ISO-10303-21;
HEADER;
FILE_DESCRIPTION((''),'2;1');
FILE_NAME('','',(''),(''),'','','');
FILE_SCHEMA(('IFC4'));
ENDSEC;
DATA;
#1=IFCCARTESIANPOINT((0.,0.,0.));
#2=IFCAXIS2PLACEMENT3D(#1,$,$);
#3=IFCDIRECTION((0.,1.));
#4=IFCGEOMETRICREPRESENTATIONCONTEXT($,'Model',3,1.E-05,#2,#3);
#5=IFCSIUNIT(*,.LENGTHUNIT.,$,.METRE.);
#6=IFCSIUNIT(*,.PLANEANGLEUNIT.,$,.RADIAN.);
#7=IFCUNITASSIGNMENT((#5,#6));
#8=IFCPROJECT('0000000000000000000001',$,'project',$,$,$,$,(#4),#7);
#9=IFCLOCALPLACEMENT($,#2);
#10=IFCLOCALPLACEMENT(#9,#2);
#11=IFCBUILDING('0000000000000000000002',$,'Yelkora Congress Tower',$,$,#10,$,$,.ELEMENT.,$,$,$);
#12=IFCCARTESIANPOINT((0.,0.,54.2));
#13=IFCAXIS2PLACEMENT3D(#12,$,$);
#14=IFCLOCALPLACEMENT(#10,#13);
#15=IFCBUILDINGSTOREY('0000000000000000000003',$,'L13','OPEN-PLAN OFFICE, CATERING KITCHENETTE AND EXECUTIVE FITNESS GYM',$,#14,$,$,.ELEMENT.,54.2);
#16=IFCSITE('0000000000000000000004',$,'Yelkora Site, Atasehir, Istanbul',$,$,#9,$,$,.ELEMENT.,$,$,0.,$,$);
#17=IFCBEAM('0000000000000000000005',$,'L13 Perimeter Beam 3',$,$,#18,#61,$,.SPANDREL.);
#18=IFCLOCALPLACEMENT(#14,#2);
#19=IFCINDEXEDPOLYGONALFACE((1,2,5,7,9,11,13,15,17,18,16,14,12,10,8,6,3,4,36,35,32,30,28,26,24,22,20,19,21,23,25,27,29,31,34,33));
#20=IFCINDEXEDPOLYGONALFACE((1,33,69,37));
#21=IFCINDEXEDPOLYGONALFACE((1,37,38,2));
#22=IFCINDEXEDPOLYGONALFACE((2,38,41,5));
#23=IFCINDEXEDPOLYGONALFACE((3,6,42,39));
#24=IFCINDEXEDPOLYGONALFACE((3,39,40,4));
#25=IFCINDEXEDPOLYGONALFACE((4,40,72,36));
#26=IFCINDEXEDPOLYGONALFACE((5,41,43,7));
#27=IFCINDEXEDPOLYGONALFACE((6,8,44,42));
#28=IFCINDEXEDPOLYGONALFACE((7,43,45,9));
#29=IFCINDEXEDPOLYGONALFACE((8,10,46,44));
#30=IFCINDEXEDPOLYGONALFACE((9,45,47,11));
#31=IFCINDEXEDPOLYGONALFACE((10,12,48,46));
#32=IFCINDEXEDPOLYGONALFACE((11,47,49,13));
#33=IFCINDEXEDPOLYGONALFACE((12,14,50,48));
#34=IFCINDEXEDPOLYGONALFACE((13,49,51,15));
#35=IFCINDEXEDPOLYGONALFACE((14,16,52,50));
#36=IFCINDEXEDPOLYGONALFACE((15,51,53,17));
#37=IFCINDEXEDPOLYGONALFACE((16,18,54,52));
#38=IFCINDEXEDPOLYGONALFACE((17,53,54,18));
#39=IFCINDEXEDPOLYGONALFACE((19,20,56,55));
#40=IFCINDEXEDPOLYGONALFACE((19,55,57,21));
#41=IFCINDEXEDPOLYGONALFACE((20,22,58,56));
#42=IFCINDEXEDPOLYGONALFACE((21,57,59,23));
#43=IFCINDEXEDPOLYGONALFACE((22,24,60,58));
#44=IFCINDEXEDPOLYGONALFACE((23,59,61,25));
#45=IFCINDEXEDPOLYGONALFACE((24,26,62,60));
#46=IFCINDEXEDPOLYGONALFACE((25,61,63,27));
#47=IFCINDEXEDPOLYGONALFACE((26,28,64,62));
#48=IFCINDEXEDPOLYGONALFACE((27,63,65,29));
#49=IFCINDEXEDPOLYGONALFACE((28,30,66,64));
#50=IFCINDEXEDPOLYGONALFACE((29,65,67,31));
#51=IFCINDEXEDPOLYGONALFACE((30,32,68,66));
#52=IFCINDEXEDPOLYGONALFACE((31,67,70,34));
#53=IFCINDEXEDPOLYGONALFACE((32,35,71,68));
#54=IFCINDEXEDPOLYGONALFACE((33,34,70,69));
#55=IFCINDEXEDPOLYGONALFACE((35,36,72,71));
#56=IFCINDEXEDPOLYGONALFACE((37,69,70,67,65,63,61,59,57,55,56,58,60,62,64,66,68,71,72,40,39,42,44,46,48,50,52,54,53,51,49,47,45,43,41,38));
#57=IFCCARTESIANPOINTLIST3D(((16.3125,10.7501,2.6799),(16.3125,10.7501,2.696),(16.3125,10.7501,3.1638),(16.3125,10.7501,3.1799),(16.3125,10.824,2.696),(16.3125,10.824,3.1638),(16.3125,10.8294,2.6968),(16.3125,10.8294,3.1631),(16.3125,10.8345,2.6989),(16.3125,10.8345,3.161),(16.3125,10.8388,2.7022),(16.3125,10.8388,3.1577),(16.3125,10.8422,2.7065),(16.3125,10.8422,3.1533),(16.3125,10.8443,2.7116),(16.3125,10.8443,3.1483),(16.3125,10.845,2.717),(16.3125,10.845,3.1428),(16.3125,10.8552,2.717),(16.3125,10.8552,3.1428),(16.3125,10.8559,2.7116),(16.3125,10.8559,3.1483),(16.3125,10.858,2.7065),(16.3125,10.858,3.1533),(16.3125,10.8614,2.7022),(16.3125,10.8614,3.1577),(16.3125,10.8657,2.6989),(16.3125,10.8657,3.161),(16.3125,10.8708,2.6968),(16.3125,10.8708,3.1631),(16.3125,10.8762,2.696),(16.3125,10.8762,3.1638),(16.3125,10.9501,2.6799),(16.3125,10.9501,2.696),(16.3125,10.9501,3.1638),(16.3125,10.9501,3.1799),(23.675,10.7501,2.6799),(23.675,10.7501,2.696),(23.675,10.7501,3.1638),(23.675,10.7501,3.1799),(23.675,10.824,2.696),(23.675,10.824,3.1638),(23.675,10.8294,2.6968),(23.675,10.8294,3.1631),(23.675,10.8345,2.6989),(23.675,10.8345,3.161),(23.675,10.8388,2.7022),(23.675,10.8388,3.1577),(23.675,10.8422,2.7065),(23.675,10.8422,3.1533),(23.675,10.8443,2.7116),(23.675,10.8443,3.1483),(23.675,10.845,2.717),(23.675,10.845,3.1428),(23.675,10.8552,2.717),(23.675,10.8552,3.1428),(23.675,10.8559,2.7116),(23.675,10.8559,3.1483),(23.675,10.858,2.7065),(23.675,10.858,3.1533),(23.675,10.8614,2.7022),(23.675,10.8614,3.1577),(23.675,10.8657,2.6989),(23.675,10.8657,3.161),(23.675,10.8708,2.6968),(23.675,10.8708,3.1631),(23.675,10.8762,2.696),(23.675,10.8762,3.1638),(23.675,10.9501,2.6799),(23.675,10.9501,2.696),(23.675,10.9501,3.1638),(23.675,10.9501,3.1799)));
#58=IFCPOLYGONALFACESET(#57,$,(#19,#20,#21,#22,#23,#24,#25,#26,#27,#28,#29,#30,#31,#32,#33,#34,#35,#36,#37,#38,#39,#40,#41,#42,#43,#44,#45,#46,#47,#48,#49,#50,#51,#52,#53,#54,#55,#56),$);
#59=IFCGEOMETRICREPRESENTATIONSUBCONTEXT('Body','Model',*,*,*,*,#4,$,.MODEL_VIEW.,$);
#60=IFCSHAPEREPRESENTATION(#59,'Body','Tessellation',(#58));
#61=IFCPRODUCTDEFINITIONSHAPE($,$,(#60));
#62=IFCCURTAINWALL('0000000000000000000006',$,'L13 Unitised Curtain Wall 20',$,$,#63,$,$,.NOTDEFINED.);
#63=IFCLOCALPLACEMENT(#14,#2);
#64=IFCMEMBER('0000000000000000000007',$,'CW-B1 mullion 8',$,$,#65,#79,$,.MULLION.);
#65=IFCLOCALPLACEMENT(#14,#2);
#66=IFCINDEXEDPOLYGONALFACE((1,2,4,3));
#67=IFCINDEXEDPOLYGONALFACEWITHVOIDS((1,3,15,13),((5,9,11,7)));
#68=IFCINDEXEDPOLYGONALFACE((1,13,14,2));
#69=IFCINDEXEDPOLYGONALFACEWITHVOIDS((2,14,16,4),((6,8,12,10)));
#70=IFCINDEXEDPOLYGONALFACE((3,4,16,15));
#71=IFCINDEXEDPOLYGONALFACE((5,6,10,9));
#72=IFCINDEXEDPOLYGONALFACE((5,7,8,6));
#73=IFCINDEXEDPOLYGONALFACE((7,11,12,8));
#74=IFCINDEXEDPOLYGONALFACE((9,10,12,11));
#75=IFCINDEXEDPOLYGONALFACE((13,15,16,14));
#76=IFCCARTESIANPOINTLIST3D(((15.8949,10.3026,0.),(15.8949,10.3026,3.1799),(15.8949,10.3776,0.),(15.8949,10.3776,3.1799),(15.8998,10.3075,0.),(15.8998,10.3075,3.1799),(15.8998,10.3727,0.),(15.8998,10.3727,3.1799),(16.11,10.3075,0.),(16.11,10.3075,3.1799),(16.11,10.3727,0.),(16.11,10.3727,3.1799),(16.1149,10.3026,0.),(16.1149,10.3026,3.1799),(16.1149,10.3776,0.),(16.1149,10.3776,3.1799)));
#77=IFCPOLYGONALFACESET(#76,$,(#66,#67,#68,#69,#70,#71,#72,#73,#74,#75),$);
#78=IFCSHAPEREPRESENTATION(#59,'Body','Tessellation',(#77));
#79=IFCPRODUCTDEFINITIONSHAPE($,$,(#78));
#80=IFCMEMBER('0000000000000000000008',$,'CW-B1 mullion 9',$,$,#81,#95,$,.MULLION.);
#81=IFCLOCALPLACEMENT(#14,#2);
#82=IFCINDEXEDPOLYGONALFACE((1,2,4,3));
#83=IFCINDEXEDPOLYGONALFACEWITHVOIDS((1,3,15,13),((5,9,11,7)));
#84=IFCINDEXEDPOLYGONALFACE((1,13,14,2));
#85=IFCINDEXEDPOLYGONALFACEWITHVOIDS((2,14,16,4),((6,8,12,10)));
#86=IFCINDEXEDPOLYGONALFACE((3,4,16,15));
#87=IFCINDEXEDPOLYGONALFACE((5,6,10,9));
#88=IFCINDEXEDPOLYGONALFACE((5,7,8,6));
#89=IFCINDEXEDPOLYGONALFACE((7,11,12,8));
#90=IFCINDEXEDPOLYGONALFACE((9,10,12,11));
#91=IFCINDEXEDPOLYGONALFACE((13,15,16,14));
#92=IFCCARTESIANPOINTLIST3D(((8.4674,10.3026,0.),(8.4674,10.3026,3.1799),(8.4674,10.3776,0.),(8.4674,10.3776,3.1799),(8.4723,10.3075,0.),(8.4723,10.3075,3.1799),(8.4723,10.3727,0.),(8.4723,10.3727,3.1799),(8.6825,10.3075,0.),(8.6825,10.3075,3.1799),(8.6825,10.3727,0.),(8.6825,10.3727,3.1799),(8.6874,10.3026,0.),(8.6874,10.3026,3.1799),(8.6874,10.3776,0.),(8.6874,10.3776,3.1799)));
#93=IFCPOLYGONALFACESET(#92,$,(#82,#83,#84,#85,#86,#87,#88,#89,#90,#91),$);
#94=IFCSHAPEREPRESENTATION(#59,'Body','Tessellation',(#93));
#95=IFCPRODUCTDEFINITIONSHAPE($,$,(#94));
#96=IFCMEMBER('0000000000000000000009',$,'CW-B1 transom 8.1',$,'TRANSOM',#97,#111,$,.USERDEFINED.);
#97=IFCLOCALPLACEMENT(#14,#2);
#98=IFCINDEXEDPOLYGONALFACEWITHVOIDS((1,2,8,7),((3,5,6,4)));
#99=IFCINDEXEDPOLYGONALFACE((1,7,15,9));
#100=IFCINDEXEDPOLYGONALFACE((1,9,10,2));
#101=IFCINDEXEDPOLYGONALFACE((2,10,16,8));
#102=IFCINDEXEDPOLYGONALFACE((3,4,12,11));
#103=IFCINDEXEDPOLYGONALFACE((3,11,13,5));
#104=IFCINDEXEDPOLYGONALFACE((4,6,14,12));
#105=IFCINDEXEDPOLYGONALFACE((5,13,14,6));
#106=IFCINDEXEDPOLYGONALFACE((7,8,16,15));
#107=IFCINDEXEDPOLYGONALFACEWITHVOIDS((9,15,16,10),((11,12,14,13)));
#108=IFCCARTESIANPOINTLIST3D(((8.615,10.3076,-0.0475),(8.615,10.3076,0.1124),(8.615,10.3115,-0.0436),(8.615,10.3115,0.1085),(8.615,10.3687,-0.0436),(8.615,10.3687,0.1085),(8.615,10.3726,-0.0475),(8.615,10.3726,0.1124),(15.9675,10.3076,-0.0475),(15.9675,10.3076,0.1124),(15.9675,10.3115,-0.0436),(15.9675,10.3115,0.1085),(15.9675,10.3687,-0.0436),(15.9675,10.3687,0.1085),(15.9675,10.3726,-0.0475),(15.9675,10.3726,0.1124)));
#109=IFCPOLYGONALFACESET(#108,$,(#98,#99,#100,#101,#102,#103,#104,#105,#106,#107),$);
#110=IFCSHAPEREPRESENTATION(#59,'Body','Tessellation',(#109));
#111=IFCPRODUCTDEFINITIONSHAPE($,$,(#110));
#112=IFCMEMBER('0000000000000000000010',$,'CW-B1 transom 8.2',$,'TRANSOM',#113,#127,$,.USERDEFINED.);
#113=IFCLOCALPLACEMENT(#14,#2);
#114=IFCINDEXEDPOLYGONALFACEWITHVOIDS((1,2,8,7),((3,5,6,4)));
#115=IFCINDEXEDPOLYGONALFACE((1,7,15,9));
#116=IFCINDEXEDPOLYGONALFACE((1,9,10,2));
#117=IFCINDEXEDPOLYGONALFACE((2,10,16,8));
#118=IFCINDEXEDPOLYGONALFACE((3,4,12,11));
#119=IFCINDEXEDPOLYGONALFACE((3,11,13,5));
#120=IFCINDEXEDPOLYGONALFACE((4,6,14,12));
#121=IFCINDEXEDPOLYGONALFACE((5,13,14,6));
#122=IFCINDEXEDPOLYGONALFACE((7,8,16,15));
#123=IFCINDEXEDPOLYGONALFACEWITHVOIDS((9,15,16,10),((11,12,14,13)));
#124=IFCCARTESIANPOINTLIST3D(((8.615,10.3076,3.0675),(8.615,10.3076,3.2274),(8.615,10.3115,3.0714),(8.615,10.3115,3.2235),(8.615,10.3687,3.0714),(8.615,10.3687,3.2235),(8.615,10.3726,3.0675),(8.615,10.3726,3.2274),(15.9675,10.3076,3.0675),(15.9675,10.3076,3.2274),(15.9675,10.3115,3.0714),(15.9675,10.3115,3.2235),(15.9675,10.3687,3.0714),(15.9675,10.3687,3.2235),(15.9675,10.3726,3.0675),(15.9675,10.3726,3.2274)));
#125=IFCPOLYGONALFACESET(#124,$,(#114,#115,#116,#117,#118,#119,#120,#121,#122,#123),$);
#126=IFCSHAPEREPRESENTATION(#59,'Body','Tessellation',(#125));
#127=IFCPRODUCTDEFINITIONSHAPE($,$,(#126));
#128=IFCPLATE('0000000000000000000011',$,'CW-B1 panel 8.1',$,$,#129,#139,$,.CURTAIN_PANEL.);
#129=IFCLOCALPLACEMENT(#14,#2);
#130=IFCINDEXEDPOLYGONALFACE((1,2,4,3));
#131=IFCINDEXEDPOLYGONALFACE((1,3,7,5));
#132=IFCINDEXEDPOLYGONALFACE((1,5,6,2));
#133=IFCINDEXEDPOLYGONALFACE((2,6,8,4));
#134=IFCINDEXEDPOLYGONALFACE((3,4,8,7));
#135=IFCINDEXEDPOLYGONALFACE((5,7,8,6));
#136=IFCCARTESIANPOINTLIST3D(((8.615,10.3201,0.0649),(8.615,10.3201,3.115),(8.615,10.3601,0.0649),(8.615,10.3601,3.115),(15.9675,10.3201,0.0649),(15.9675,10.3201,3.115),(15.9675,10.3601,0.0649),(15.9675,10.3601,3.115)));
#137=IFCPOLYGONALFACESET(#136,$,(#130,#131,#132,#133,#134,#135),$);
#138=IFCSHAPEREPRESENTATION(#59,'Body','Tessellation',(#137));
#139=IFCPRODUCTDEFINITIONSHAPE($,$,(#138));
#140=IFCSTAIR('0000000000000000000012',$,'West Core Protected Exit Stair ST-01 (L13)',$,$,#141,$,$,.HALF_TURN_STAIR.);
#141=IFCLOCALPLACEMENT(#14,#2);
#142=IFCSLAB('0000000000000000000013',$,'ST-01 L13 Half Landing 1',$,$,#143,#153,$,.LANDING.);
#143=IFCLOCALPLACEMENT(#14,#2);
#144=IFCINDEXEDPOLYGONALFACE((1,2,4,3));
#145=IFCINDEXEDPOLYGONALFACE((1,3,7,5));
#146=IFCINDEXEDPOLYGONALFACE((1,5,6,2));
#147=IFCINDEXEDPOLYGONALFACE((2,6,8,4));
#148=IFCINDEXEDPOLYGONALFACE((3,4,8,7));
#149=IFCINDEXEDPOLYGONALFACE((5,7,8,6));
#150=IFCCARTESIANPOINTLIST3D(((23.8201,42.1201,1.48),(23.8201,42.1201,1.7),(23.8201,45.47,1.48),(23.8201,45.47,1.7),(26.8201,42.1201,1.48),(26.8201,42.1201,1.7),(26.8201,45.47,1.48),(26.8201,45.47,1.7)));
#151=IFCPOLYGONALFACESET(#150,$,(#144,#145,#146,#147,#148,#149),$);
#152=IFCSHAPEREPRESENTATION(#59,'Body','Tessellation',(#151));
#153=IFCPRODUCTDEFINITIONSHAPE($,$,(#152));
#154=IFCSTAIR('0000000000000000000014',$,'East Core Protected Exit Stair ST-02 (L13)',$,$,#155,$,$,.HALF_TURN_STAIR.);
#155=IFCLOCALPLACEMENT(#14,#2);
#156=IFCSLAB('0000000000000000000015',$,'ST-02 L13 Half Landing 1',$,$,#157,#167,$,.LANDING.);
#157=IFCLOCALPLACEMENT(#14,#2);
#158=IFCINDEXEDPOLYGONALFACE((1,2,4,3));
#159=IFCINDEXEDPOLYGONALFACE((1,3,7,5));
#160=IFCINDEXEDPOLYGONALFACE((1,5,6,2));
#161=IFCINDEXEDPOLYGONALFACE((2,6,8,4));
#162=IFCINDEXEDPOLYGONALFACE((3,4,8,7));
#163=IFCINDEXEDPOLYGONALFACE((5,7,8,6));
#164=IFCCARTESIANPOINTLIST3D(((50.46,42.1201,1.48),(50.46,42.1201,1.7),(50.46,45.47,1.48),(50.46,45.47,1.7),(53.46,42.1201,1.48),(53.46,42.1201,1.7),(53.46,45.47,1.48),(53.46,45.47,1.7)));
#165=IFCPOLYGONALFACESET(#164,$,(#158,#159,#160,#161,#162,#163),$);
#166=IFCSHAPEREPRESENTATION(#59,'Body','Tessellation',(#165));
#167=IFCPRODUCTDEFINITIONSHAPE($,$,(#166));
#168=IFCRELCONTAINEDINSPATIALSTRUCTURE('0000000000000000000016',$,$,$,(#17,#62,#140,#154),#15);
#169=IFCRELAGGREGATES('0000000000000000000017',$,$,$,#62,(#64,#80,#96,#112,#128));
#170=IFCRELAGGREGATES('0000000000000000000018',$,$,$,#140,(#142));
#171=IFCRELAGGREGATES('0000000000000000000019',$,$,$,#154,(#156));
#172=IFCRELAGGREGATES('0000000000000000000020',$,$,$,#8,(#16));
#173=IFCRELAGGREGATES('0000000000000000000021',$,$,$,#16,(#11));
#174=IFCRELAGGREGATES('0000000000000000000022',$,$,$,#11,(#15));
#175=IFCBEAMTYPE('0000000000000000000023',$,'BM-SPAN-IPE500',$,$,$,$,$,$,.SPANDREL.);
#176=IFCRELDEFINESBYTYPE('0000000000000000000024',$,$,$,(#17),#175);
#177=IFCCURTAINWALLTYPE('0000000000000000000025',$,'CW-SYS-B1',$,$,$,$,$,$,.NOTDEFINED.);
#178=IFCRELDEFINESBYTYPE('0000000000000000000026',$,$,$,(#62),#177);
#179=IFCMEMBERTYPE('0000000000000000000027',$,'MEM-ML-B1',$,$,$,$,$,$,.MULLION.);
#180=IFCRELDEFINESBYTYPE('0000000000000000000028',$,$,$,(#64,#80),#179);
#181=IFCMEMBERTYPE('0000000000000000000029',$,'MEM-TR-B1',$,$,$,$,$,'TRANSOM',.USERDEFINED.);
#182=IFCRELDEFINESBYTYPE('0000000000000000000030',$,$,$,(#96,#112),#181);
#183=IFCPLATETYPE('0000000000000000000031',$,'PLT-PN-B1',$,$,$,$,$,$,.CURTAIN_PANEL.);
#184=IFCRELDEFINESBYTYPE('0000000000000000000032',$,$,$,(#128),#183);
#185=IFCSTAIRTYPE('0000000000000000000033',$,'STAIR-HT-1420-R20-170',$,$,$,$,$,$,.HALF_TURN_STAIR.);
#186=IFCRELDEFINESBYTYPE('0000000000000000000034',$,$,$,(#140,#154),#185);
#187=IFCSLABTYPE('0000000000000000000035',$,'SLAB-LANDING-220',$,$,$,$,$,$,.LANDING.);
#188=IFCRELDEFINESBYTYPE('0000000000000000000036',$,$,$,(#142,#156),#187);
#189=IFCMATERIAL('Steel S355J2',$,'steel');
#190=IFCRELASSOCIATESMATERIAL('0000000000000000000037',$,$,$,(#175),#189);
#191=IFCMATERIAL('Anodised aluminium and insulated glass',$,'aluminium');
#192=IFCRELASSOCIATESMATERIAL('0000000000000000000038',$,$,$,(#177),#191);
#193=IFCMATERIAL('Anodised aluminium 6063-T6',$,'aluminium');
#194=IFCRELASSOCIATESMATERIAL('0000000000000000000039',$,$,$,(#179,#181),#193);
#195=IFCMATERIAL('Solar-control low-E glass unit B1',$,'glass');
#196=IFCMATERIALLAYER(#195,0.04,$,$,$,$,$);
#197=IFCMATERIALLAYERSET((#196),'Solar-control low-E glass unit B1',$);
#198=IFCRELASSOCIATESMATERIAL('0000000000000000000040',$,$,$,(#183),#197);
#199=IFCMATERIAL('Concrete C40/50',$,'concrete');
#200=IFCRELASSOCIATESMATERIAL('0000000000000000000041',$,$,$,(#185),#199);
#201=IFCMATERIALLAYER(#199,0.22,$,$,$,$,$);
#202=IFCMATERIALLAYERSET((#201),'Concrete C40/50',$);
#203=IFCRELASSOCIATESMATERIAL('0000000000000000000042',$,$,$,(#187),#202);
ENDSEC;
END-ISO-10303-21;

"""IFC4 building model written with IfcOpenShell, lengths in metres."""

from ifc_helpers import new_model, si_unit, direction, frame, origin, origin_2d, place, context, subcontext, project, spatial, polyline, rectangle, hollow_rectangle, i_section, outline, extrude, material, layer, layer_set, material_profile, profile_set, type_object, element, aggregate, save


model = new_model("IFC4")

# Units and contexts
model_context = context("Model", 3, precision=1e-05, world=origin(), true_north=direction((0.0, 1.0)))
body_context = subcontext(model_context, "Body", "Model", "MODEL_VIEW")
ifc_project = project(units=[si_unit("LENGTHUNIT", "METRE"), si_unit("PLANEANGLEUNIT", "RADIAN")], contexts=[model_context])

# Site, building, storey
site_placement = place(None, origin())
site = spatial("IfcSite", under=ifc_project, at=site_placement, Name="Yelkora Site, Atasehir, Istanbul", CompositionType="ELEMENT", RefElevation=0.0)
building_placement = place(site_placement, origin())
building = spatial("IfcBuilding", under=site, at=building_placement, Name="Yelkora Congress Tower", CompositionType="ELEMENT")
storey_placement = place(building_placement, frame((0.0, 0.0, 54.2)))
storey = spatial("IfcBuildingStorey", under=building, at=storey_placement, Name="L13", Description="OPEN-PLAN OFFICE, CATERING KITCHENETTE AND EXECUTIVE FITNESS GYM", CompositionType="ELEMENT", Elevation=54.2)

# Beam
ifc_material_1 = material(Name="Steel S355J2", Category="steel")
ifc_material_profile_1 = material_profile(ifc_material_1, i_section(OverallWidth=0.2, OverallDepth=0.5, WebThickness=0.0103, FlangeThickness=0.0161, FilletRadius=0.021, at=origin_2d()), Name="IPE 500")
ifc_profile_set_1 = profile_set([ifc_material_profile_1], Name="Steel S355J2")
beam_type_1 = type_object("IfcBeamType", Name="BM-SPAN-IPE500", PredefinedType="SPANDREL", material=ifc_profile_set_1)
for number, where, z_axis, x_axis, name in (
    (1, (16.3125, 10.8501, 2.9299), (1.0, 0.0, 0.0), (0.0, 1.0, 0.0), "L13 Perimeter Beam 3"),
):
    element("IfcBeam", number, at=place(storey_placement, frame(where, z_axis=z_axis, x_axis=x_axis)), inside=storey, type_object=beam_type_1, Name=name, PredefinedType="SPANDREL", context=body_context, shape_type="SweptSolid", body=[
        extrude(i_section(OverallWidth=0.2, OverallDepth=0.5, WebThickness=0.0103, FlangeThickness=0.0161, FilletRadius=0.021, at=origin_2d()), origin(), (0.0, 0.0, 1.0), 7.3625),
    ])

# Curtain wall, members, plate
ifc_material_2 = material(Name="Anodised aluminium and insulated glass", Category="aluminium")
curtain_wall_type = type_object("IfcCurtainWallType", Name="CW-SYS-B1", PredefinedType="NOTDEFINED", material=ifc_material_2)
curtain_wall_placement = place(storey_placement, origin())
curtain_wall = element("IfcCurtainWall", 2, at=curtain_wall_placement, inside=storey, type_object=curtain_wall_type, Name="L13 Unitised Curtain Wall 20", PredefinedType="NOTDEFINED")
ifc_material_3 = material(Name="Anodised aluminium 6063-T6", Category="aluminium")
ifc_material_profile_2 = material_profile(ifc_material_3, hollow_rectangle(XDim=0.075, YDim=0.22, WallThickness=0.0049, at=origin_2d()), Name="ALU 75x220x5")
ifc_profile_set_2 = profile_set([ifc_material_profile_2], Name="Anodised aluminium 6063-T6")
member_type_1 = type_object("IfcMemberType", Name="MEM-ML-B1", PredefinedType="MULLION", material=ifc_profile_set_2)
member_1_placement = place(storey_placement, frame((16.0049, 10.3401, 0.0), z_axis=(0.0, 0.0, 1.0), x_axis=(0.0, -1.0, 0.0)))
member_1 = element("IfcMember", 3, at=member_1_placement, type_object=member_type_1, Name="CW-B1 mullion 8", PredefinedType="MULLION", context=body_context, shape_type="SweptSolid", body=[
    extrude(hollow_rectangle(XDim=0.075, YDim=0.22, WallThickness=0.0049, at=origin_2d()), origin(), (0.0, 0.0, 1.0), 3.1799),
])
member_2_placement = place(storey_placement, frame((8.5774, 10.3401, 0.0), z_axis=(0.0, 0.0, 1.0), x_axis=(0.0, -1.0, 0.0)))
member_2 = element("IfcMember", 4, at=member_2_placement, type_object=member_type_1, Name="CW-B1 mullion 9", PredefinedType="MULLION", context=body_context, shape_type="SweptSolid", body=[
    extrude(hollow_rectangle(XDim=0.075, YDim=0.22, WallThickness=0.0049, at=origin_2d()), origin(), (0.0, 0.0, 1.0), 3.1799),
])
ifc_material_profile_3 = material_profile(ifc_material_3, hollow_rectangle(XDim=0.0649, YDim=0.1599, WallThickness=0.0039, at=origin_2d()), Name="ALU 65x160x4")
ifc_profile_set_3 = profile_set([ifc_material_profile_3], Name="Anodised aluminium 6063-T6")
member_type_2 = type_object("IfcMemberType", Name="MEM-TR-B1", ElementType="TRANSOM", PredefinedType="USERDEFINED", material=ifc_profile_set_3)
member_3_placement = place(storey_placement, frame((15.9675, 10.3401, 0.0325), z_axis=(-1.0, 0.0, 0.0), x_axis=(0.0, -1.0, 0.0)))
member_3 = element("IfcMember", 5, at=member_3_placement, type_object=member_type_2, Name="CW-B1 transom 8.1", ObjectType="TRANSOM", PredefinedType="USERDEFINED", context=body_context, shape_type="SweptSolid", body=[
    extrude(hollow_rectangle(XDim=0.0649, YDim=0.1599, WallThickness=0.0039, at=origin_2d()), origin(), (0.0, 0.0, 1.0), 7.3525),
])
member_4_placement = place(storey_placement, frame((15.9675, 10.3401, 3.1475), z_axis=(-1.0, 0.0, 0.0), x_axis=(0.0, -1.0, 0.0)))
member_4 = element("IfcMember", 6, at=member_4_placement, type_object=member_type_2, Name="CW-B1 transom 8.2", ObjectType="TRANSOM", PredefinedType="USERDEFINED", context=body_context, shape_type="SweptSolid", body=[
    extrude(hollow_rectangle(XDim=0.0649, YDim=0.1599, WallThickness=0.0039, at=origin_2d()), origin(), (0.0, 0.0, 1.0), 7.3525),
])
ifc_material_4 = material(Name="Solar-control low-E glass unit B1", Category="glass")
ifc_layer_1 = layer(ifc_material_4, 0.04)
ifc_layer_set_1 = layer_set([ifc_layer_1], Name="Solar-control low-E glass unit B1")
plate_type = type_object("IfcPlateType", Name="PLT-PN-B1", PredefinedType="CURTAIN_PANEL", material=ifc_layer_set_1)
plate_placement = place(storey_placement, frame((12.2913, 10.3401, 0.0649), z_axis=(0.0, 0.0, 1.0), x_axis=(-1.0, 0.0, 0.0)))
plate = element("IfcPlate", 7, at=plate_placement, type_object=plate_type, Name="CW-B1 panel 8.1", PredefinedType="CURTAIN_PANEL", context=body_context, shape_type="SweptSolid", body=[
    extrude(rectangle(XDim=7.3525, YDim=0.04, at=origin_2d()), origin(), (0.0, 0.0, 1.0), 3.05),
])
aggregate(curtain_wall, [member_1, member_2, member_3, member_4, plate])

# Stairs, slabs
ifc_material_5 = material(Name="Concrete C40/50", Category="concrete")
stair_type = type_object("IfcStairType", Name="STAIR-HT-1420-R20-170", PredefinedType="HALF_TURN_STAIR", material=ifc_material_5)
stair_1_placement = place(storey_placement, origin())
stair_1 = element("IfcStair", 8, at=stair_1_placement, inside=storey, type_object=stair_type, Name="West Core Protected Exit Stair ST-01 (L13)", PredefinedType="HALF_TURN_STAIR")
ifc_layer_2 = layer(ifc_material_5, 0.22)
ifc_layer_set_2 = layer_set([ifc_layer_2], Name="Concrete C40/50")
slab_type_1 = type_object("IfcSlabType", Name="SLAB-LANDING-220", PredefinedType="LANDING", material=ifc_layer_set_2)
slab_1_placement = place(storey_placement, frame((0.0, 0.0, 1.48)))
slab_1 = element("IfcSlab", 9, at=slab_1_placement, type_object=slab_type_1, Name="ST-01 L13 Half Landing 1", PredefinedType="LANDING", context=body_context, shape_type="SweptSolid", body=[
    extrude(outline(polyline([(26.8201, 42.1201), (26.8201, 45.47), (23.8201, 45.47), (23.8201, 42.1201), (26.8201, 42.1201)])), origin(), (0.0, 0.0, 1.0), 0.22),
])
aggregate(stair_1, [slab_1])
stair_2_placement = place(storey_placement, origin())
stair_2 = element("IfcStair", 10, at=stair_2_placement, inside=storey, type_object=stair_type, Name="East Core Protected Exit Stair ST-02 (L13)", PredefinedType="HALF_TURN_STAIR")
slab_2_placement = place(storey_placement, frame((0.0, 0.0, 1.48)))
slab_2 = element("IfcSlab", 11, at=slab_2_placement, type_object=slab_type_1, Name="ST-02 L13 Half Landing 1", PredefinedType="LANDING", context=body_context, shape_type="SweptSolid", body=[
    extrude(outline(polyline([(53.46, 42.1201), (53.46, 45.47), (50.46, 45.47), (50.46, 42.1201), (53.46, 42.1201)])), origin(), (0.0, 0.0, 1.0), 0.22),
])
aggregate(stair_2, [slab_2])

save(model, "model.ifc")
